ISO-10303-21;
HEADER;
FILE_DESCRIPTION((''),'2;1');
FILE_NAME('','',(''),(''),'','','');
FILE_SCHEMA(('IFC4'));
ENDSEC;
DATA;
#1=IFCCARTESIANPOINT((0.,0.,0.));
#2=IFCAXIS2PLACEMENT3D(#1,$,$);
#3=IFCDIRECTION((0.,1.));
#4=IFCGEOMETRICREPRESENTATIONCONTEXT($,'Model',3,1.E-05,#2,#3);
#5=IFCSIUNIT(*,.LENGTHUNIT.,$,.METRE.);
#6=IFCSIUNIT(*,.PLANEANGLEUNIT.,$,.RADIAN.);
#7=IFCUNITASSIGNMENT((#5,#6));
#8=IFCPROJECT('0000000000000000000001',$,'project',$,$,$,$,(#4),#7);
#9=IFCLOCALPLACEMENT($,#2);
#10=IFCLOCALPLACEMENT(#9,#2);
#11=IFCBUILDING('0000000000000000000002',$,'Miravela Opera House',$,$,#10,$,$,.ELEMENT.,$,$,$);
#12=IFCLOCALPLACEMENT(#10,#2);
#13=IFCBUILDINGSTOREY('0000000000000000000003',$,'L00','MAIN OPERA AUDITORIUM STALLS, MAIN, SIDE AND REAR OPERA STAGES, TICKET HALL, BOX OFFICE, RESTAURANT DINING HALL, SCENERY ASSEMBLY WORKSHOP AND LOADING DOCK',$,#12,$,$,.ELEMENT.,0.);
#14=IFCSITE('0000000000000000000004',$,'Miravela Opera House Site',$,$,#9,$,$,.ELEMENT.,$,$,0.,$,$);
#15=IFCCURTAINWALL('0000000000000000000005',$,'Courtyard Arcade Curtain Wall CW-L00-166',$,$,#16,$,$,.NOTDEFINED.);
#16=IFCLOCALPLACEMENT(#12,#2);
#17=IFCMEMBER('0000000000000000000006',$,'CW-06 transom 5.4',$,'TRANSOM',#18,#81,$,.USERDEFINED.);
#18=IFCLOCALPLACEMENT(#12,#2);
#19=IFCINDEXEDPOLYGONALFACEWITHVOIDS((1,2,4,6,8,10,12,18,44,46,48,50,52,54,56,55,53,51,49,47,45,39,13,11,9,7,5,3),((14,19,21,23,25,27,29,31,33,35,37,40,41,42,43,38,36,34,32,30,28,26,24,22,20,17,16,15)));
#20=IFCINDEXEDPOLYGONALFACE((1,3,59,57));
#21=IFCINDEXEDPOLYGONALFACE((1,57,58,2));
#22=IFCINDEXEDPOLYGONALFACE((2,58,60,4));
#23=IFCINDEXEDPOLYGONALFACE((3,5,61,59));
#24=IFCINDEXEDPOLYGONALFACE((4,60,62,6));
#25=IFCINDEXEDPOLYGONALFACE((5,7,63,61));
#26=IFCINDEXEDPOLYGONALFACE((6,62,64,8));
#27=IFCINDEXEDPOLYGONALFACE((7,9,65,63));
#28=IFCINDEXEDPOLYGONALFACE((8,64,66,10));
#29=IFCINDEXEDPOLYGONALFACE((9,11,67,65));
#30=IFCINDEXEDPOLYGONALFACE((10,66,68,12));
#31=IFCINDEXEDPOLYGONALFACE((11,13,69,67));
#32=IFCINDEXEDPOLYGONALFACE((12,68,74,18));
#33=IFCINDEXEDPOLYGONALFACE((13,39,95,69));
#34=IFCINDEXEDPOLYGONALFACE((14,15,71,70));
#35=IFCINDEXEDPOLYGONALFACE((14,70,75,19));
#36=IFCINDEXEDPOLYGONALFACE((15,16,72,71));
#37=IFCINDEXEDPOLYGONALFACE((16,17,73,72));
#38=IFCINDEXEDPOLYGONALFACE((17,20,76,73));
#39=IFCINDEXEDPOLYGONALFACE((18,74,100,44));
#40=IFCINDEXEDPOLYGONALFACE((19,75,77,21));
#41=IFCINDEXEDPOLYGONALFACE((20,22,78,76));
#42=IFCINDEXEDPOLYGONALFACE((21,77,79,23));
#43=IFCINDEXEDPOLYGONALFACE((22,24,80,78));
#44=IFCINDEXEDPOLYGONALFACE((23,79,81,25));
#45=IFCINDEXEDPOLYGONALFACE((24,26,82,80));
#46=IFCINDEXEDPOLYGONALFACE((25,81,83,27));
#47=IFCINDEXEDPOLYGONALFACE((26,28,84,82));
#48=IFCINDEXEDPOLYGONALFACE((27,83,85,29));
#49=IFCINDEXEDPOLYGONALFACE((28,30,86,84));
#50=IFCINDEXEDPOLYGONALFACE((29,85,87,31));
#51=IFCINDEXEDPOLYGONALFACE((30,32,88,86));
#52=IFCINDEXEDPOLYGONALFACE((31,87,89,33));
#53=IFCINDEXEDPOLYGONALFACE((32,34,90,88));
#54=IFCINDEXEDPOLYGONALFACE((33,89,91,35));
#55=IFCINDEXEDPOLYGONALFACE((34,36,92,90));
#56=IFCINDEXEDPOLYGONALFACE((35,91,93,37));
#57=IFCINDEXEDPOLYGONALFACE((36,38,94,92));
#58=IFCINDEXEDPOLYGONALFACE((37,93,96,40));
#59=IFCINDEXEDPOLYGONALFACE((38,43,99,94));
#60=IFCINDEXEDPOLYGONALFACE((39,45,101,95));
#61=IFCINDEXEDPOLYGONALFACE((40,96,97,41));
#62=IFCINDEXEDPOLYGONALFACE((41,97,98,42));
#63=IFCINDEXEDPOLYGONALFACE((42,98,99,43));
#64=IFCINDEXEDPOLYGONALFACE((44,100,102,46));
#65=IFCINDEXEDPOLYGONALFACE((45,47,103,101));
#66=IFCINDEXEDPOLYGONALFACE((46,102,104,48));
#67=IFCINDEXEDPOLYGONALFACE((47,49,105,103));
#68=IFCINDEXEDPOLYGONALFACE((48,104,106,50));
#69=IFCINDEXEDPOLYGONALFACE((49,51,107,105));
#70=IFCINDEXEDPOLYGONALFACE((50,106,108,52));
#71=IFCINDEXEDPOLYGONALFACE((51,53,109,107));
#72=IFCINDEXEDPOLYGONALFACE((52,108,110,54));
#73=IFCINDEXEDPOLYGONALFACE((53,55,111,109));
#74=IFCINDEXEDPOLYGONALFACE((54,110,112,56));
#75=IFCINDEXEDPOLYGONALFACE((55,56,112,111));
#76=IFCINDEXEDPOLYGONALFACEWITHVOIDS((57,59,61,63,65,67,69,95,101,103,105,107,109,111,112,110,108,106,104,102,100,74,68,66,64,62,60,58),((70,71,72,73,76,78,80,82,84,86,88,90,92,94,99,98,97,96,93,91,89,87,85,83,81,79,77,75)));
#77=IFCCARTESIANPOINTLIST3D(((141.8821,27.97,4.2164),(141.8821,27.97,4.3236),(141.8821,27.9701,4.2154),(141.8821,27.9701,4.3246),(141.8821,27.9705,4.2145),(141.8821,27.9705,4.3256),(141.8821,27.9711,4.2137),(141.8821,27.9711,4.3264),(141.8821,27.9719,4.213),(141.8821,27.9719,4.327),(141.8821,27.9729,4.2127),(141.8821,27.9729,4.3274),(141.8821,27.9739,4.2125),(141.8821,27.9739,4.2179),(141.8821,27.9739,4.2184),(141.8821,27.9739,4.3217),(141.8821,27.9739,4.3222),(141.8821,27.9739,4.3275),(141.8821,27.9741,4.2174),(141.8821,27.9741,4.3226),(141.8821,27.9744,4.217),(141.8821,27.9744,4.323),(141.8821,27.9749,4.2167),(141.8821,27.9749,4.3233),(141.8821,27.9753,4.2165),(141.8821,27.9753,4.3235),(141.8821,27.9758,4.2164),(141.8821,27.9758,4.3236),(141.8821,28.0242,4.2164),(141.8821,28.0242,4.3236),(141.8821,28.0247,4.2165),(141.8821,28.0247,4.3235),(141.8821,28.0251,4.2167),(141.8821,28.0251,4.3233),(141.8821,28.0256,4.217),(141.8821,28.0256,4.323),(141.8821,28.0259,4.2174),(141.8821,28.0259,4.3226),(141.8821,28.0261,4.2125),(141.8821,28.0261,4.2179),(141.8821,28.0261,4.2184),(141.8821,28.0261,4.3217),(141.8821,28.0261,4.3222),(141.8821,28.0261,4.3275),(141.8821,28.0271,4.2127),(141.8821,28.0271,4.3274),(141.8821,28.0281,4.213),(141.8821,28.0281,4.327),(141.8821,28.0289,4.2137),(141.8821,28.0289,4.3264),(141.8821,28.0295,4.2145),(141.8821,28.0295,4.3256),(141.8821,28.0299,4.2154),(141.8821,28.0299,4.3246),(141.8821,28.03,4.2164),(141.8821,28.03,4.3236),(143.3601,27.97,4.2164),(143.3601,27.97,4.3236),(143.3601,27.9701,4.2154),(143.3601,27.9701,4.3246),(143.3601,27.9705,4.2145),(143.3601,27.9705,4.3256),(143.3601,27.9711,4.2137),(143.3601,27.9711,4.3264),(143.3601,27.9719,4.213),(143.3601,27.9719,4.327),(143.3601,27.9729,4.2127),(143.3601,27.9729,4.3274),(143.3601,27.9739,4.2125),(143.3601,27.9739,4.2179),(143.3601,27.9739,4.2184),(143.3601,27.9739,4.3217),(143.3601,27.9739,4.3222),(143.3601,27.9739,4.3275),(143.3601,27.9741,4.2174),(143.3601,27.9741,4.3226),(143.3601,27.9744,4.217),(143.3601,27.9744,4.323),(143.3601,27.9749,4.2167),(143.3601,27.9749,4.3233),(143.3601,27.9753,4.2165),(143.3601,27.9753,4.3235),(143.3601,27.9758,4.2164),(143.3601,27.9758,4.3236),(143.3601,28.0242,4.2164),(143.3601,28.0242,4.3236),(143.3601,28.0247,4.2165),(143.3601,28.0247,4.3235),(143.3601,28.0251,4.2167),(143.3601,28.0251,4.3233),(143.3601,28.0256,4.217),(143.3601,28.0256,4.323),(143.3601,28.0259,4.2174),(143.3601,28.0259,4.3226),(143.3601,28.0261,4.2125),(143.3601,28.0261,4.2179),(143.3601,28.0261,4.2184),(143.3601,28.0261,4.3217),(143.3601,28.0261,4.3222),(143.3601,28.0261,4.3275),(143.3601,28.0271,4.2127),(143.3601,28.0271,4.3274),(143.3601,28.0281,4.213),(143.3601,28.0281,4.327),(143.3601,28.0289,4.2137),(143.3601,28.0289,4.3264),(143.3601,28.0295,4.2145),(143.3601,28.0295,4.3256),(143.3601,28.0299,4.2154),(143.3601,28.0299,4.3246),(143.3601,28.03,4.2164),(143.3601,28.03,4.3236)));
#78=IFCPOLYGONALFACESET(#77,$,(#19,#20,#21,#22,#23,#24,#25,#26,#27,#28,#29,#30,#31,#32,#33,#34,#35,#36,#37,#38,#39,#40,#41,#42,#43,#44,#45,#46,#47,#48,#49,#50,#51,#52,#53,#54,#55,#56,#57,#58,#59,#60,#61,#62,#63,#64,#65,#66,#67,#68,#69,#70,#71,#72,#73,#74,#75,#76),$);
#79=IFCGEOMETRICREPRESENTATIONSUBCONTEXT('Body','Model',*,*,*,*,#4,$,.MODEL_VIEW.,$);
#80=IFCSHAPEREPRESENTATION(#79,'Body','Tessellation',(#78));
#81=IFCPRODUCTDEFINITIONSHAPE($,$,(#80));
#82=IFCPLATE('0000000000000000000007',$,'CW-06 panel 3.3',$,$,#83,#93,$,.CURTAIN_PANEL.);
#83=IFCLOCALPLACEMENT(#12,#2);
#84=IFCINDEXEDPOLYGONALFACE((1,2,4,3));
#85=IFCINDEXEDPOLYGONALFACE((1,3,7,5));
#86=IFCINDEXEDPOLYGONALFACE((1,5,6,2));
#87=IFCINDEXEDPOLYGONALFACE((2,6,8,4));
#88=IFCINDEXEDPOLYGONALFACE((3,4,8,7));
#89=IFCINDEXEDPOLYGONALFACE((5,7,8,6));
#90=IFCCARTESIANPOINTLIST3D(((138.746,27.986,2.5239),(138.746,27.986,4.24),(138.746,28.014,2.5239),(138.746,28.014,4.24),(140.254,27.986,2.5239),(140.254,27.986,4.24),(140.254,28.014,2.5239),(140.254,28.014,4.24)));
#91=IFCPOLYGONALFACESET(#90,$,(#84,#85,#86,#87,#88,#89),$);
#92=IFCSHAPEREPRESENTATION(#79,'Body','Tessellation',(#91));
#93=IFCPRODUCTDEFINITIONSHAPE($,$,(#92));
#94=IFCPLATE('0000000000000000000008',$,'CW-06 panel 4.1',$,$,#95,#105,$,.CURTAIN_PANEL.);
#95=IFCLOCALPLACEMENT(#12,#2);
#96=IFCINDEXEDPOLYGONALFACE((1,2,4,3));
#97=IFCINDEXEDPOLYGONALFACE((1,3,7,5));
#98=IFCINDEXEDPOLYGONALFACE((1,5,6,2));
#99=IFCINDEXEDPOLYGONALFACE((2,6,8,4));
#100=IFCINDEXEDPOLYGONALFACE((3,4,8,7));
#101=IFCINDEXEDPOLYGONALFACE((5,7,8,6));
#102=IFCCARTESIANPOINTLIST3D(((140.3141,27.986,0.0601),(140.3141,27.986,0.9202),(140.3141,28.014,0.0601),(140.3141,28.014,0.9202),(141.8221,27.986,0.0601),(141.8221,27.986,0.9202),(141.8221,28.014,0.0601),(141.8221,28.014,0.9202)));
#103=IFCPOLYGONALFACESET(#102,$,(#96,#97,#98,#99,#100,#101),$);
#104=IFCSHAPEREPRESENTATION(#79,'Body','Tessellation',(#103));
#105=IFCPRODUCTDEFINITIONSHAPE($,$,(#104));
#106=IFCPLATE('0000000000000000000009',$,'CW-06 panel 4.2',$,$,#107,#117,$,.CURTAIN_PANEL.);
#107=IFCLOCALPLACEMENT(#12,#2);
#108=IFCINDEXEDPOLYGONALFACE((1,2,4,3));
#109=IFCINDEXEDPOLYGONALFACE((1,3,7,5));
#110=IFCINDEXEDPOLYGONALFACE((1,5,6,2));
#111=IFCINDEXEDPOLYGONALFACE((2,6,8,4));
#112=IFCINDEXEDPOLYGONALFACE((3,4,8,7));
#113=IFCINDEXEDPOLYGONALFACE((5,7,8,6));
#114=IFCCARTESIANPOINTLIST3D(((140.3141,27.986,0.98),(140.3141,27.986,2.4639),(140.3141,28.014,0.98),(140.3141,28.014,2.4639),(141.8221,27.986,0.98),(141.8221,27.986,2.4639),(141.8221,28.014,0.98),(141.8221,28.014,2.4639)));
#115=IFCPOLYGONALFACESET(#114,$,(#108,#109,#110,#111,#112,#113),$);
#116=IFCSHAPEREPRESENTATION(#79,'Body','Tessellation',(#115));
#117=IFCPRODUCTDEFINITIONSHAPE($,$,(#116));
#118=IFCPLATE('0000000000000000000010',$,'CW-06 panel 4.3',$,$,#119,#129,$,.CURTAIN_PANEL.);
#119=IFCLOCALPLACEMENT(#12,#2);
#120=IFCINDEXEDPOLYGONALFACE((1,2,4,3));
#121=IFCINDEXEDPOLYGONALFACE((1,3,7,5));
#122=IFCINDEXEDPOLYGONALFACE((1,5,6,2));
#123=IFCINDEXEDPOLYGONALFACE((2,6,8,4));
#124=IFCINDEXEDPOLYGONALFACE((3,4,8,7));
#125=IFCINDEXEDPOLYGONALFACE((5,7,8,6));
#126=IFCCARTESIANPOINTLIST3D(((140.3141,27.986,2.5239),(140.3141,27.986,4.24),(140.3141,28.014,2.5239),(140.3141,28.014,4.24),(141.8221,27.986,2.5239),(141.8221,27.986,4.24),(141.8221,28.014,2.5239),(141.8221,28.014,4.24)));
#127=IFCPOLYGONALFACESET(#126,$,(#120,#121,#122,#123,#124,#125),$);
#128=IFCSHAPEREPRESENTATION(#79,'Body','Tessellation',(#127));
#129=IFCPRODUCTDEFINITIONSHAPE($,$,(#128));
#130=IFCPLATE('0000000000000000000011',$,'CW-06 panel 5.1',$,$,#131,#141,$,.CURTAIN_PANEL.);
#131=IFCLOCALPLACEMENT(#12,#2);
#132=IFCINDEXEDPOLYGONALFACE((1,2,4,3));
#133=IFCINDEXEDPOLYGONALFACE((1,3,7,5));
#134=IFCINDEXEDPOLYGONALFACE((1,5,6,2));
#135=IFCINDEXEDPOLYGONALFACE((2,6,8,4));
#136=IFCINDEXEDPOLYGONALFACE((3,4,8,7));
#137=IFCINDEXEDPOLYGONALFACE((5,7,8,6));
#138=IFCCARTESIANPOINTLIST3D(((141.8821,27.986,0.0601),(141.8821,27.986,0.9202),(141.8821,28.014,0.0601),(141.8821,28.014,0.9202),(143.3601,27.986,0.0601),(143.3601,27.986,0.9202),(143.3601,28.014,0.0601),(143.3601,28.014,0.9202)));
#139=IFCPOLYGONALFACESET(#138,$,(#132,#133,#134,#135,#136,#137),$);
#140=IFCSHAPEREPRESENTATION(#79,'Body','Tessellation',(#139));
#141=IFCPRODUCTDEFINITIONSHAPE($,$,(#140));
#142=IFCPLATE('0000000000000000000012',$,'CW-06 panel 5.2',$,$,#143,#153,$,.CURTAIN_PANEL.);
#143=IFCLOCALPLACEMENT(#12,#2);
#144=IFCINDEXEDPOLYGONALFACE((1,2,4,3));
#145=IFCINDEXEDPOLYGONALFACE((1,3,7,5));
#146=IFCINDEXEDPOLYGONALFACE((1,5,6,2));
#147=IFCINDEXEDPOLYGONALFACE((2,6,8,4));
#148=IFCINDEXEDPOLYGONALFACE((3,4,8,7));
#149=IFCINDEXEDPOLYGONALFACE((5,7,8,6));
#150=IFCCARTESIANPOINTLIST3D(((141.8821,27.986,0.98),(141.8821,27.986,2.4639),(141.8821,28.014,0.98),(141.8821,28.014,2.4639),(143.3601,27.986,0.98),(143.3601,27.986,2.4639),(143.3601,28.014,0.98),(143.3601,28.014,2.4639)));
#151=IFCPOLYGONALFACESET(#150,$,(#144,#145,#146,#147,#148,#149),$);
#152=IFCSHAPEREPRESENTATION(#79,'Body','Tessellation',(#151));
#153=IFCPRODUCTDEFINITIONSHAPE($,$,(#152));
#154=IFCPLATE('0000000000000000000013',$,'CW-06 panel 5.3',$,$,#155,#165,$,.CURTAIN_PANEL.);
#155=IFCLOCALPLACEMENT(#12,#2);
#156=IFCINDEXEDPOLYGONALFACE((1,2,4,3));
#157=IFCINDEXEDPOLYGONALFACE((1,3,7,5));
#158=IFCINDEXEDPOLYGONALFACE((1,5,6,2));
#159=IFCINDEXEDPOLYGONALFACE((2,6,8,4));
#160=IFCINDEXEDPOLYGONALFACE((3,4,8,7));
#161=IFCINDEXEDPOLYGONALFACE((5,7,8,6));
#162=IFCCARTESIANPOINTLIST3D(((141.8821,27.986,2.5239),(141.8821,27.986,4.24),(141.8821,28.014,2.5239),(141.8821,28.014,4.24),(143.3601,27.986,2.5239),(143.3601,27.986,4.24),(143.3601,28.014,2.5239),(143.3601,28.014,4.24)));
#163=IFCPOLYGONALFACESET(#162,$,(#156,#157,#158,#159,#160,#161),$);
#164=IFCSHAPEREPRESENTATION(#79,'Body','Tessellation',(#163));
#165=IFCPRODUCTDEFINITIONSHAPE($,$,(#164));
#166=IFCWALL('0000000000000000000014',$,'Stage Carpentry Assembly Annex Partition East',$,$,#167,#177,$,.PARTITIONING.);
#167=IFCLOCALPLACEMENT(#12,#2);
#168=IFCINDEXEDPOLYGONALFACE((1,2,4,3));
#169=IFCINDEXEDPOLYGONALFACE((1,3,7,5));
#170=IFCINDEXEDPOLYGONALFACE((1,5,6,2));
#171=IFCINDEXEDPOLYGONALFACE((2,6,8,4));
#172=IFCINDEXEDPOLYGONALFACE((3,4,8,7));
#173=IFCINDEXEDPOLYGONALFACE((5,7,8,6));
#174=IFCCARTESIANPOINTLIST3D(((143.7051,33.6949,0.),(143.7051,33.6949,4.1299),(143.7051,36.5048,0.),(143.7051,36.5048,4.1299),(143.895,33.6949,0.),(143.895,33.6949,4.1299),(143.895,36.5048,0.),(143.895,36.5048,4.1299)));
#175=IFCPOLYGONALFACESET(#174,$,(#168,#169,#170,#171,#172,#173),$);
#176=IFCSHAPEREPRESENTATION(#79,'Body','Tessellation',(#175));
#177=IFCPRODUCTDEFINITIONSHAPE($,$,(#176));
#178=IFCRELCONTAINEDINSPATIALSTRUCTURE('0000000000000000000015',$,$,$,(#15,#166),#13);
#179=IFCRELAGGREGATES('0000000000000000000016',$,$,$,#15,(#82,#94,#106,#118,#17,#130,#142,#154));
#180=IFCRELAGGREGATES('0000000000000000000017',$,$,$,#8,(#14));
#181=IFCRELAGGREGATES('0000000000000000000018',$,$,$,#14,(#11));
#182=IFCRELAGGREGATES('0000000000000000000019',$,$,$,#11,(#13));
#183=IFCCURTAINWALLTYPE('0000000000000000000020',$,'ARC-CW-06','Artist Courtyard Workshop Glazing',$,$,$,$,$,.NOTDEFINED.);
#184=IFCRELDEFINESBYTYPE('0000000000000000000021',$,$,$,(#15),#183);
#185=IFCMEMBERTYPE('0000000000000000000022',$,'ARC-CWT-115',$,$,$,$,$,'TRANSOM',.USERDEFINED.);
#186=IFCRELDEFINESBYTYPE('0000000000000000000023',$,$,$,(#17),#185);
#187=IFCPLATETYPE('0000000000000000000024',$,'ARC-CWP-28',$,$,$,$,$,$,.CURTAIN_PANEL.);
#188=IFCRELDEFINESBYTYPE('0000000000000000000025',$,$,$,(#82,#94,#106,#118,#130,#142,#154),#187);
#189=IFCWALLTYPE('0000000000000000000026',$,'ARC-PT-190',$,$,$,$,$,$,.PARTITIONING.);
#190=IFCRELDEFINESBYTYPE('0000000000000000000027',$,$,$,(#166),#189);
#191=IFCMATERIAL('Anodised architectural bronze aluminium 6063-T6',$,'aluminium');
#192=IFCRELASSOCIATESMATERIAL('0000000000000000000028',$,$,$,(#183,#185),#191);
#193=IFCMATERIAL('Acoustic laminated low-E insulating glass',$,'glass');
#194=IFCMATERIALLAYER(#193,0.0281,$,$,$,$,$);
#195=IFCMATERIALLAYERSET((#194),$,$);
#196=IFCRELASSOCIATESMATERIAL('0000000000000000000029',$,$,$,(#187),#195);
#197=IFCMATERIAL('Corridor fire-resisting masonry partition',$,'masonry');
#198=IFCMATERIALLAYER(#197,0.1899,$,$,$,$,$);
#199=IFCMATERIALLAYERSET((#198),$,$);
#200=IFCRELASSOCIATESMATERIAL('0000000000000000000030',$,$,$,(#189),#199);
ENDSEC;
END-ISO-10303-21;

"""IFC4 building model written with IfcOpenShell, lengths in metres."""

from ifc_helpers import new_model, si_unit, direction, frame, frame_2d, origin, origin_2d, place, context, subcontext, project, spatial, rectangle, hollow_rectangle, extrude, material, layer, layer_set, material_profile, profile_set, type_object, element, aggregate, save


model = new_model("IFC4")

# Units and contexts
model_context = context("Model", 3, precision=1e-05, world=origin(), true_north=direction((0.0, 1.0)))
body_context = subcontext(model_context, "Body", "Model", "MODEL_VIEW")
ifc_project = project(units=[si_unit("LENGTHUNIT", "METRE"), si_unit("PLANEANGLEUNIT", "RADIAN")], contexts=[model_context])

# Site, building, storey
site_placement = place(None, origin())
site = spatial("IfcSite", under=ifc_project, at=site_placement, Name="Miravela Opera House Site", CompositionType="ELEMENT", RefElevation=0.0)
building_placement = place(site_placement, origin())
building = spatial("IfcBuilding", under=site, at=building_placement, Name="Miravela Opera House", CompositionType="ELEMENT")
storey_placement = place(building_placement, origin())
storey = spatial("IfcBuildingStorey", under=building, at=storey_placement, Name="L00", Description="MAIN OPERA AUDITORIUM STALLS, MAIN, SIDE AND REAR OPERA STAGES, TICKET HALL, BOX OFFICE, RESTAURANT DINING HALL, SCENERY ASSEMBLY WORKSHOP AND LOADING DOCK", CompositionType="ELEMENT", Elevation=0.0)

# Curtain wall, member, plates
ifc_material_1 = material(Name="Anodised architectural bronze aluminium 6063-T6", Category="aluminium")
curtain_wall_type = type_object("IfcCurtainWallType", Name="ARC-CW-06", Description="Artist Courtyard Workshop Glazing", PredefinedType="NOTDEFINED", material=ifc_material_1)
curtain_wall_placement = place(storey_placement, origin())
curtain_wall = element("IfcCurtainWall", 1, at=curtain_wall_placement, inside=storey, type_object=curtain_wall_type, Name="Courtyard Arcade Curtain Wall CW-L00-166", PredefinedType="NOTDEFINED")
ifc_material_profile_1 = material_profile(ifc_material_1, hollow_rectangle(XDim=0.0601, YDim=0.115, WallThickness=0.0039, InnerFilletRadius=0.002, OuterFilletRadius=0.0039, at=origin_2d()), Name="CWT-60X115")
ifc_profile_set_1 = profile_set([ifc_material_profile_1])
member_type_1 = type_object("IfcMemberType", Name="ARC-CWT-115", ElementType="TRANSOM", PredefinedType="USERDEFINED", material=ifc_profile_set_1)
member_1_placement = place(storey_placement, frame((141.8821, 28.0, 4.27), z_axis=(1.0, 0.0, 0.0), x_axis=(0.0, 1.0, 0.0)))
member_1 = element("IfcMember", 2, at=member_1_placement, type_object=member_type_1, Name="CW-06 transom 5.4", ObjectType="TRANSOM", PredefinedType="USERDEFINED", context=body_context, shape_type="SweptSolid", body=[
    extrude(hollow_rectangle(XDim=0.0601, YDim=0.115, WallThickness=0.0039, InnerFilletRadius=0.002, OuterFilletRadius=0.0039, at=origin_2d()), origin(), (0.0, 0.0, 1.0), 1.478),
])
ifc_material_2 = material(Name="Acoustic laminated low-E insulating glass", Category="glass")
ifc_layer_1 = layer(ifc_material_2, 0.0281)
ifc_layer_set_1 = layer_set([ifc_layer_1])
plate_type = type_object("IfcPlateType", Name="ARC-CWP-28", PredefinedType="CURTAIN_PANEL", material=ifc_layer_set_1)
plate_1_placement = place(storey_placement, frame((139.5, 28.0, 2.5239), z_axis=(0.0, 0.0, 1.0), x_axis=(1.0, 0.0, 0.0)))
plate_1 = element("IfcPlate", 3, at=plate_1_placement, type_object=plate_type, Name="CW-06 panel 3.3", PredefinedType="CURTAIN_PANEL", context=body_context, shape_type="SweptSolid", body=[
    extrude(rectangle(XDim=1.5081, YDim=0.0281, at=origin_2d()), origin(), (0.0, 0.0, 1.0), 1.7161),
])
plate_2_placement = place(storey_placement, frame((141.0681, 28.0, 0.0601), z_axis=(0.0, 0.0, 1.0), x_axis=(1.0, 0.0, 0.0)))
plate_2 = element("IfcPlate", 4, at=plate_2_placement, type_object=plate_type, Name="CW-06 panel 4.1", PredefinedType="CURTAIN_PANEL", context=body_context, shape_type="SweptSolid", body=[
    extrude(rectangle(XDim=1.5081, YDim=0.0281, at=origin_2d()), origin(), (0.0, 0.0, 1.0), 0.8601),
])
plate_3_placement = place(storey_placement, frame((141.0681, 28.0, 0.98), z_axis=(0.0, 0.0, 1.0), x_axis=(1.0, 0.0, 0.0)))
plate_3 = element("IfcPlate", 5, at=plate_3_placement, type_object=plate_type, Name="CW-06 panel 4.2", PredefinedType="CURTAIN_PANEL", context=body_context, shape_type="SweptSolid", body=[
    extrude(rectangle(XDim=1.5081, YDim=0.0281, at=origin_2d()), origin(), (0.0, 0.0, 1.0), 1.4839),
])
plate_4_placement = place(storey_placement, frame((141.0681, 28.0, 2.5239), z_axis=(0.0, 0.0, 1.0), x_axis=(1.0, 0.0, 0.0)))
plate_4 = element("IfcPlate", 6, at=plate_4_placement, type_object=plate_type, Name="CW-06 panel 4.3", PredefinedType="CURTAIN_PANEL", context=body_context, shape_type="SweptSolid", body=[
    extrude(rectangle(XDim=1.5081, YDim=0.0281, at=origin_2d()), origin(), (0.0, 0.0, 1.0), 1.7161),
])
plate_5_placement = place(storey_placement, frame((142.6211, 28.0, 0.0601), z_axis=(0.0, 0.0, 1.0), x_axis=(1.0, 0.0, 0.0)))
plate_5 = element("IfcPlate", 7, at=plate_5_placement, type_object=plate_type, Name="CW-06 panel 5.1", PredefinedType="CURTAIN_PANEL", context=body_context, shape_type="SweptSolid", body=[
    extrude(rectangle(XDim=1.478, YDim=0.0281, at=origin_2d()), origin(), (0.0, 0.0, 1.0), 0.8601),
])
plate_6_placement = place(storey_placement, frame((142.6211, 28.0, 0.98), z_axis=(0.0, 0.0, 1.0), x_axis=(1.0, 0.0, 0.0)))
plate_6 = element("IfcPlate", 8, at=plate_6_placement, type_object=plate_type, Name="CW-06 panel 5.2", PredefinedType="CURTAIN_PANEL", context=body_context, shape_type="SweptSolid", body=[
    extrude(rectangle(XDim=1.478, YDim=0.0281, at=origin_2d()), origin(), (0.0, 0.0, 1.0), 1.4839),
])
plate_7_placement = place(storey_placement, frame((142.6211, 28.0, 2.5239), z_axis=(0.0, 0.0, 1.0), x_axis=(1.0, 0.0, 0.0)))
plate_7 = element("IfcPlate", 9, at=plate_7_placement, type_object=plate_type, Name="CW-06 panel 5.3", PredefinedType="CURTAIN_PANEL", context=body_context, shape_type="SweptSolid", body=[
    extrude(rectangle(XDim=1.478, YDim=0.0281, at=origin_2d()), origin(), (0.0, 0.0, 1.0), 1.7161),
])
aggregate(curtain_wall, [plate_1, plate_2, plate_3, plate_4, member_1, plate_5, plate_6, plate_7])

# Wall
ifc_material_3 = material(Name="Corridor fire-resisting masonry partition", Category="masonry")
ifc_layer_2 = layer(ifc_material_3, 0.1899)
ifc_layer_set_2 = layer_set([ifc_layer_2])
wall_type_1 = type_object("IfcWallType", Name="ARC-PT-190", PredefinedType="PARTITIONING", material=ifc_layer_set_2)
wall_1_placement = place(storey_placement, frame((143.8, 33.6951, 0.0), z_axis=(0.0, 0.0, 1.0), x_axis=(0.0, 1.0, 0.0)))
element("IfcWall", 10, at=wall_1_placement, inside=storey, type_object=wall_type_1, Name="Stage Carpentry Assembly Annex Partition East", PredefinedType="PARTITIONING", context=body_context, shape_type="SweptSolid", body=[
    extrude(rectangle(XDim=2.8098, YDim=0.1899, at=frame_2d((1.4048, 0.0))), origin(), (0.0, 0.0, 1.0), 4.1299),
])

save(model, "model.ifc")
